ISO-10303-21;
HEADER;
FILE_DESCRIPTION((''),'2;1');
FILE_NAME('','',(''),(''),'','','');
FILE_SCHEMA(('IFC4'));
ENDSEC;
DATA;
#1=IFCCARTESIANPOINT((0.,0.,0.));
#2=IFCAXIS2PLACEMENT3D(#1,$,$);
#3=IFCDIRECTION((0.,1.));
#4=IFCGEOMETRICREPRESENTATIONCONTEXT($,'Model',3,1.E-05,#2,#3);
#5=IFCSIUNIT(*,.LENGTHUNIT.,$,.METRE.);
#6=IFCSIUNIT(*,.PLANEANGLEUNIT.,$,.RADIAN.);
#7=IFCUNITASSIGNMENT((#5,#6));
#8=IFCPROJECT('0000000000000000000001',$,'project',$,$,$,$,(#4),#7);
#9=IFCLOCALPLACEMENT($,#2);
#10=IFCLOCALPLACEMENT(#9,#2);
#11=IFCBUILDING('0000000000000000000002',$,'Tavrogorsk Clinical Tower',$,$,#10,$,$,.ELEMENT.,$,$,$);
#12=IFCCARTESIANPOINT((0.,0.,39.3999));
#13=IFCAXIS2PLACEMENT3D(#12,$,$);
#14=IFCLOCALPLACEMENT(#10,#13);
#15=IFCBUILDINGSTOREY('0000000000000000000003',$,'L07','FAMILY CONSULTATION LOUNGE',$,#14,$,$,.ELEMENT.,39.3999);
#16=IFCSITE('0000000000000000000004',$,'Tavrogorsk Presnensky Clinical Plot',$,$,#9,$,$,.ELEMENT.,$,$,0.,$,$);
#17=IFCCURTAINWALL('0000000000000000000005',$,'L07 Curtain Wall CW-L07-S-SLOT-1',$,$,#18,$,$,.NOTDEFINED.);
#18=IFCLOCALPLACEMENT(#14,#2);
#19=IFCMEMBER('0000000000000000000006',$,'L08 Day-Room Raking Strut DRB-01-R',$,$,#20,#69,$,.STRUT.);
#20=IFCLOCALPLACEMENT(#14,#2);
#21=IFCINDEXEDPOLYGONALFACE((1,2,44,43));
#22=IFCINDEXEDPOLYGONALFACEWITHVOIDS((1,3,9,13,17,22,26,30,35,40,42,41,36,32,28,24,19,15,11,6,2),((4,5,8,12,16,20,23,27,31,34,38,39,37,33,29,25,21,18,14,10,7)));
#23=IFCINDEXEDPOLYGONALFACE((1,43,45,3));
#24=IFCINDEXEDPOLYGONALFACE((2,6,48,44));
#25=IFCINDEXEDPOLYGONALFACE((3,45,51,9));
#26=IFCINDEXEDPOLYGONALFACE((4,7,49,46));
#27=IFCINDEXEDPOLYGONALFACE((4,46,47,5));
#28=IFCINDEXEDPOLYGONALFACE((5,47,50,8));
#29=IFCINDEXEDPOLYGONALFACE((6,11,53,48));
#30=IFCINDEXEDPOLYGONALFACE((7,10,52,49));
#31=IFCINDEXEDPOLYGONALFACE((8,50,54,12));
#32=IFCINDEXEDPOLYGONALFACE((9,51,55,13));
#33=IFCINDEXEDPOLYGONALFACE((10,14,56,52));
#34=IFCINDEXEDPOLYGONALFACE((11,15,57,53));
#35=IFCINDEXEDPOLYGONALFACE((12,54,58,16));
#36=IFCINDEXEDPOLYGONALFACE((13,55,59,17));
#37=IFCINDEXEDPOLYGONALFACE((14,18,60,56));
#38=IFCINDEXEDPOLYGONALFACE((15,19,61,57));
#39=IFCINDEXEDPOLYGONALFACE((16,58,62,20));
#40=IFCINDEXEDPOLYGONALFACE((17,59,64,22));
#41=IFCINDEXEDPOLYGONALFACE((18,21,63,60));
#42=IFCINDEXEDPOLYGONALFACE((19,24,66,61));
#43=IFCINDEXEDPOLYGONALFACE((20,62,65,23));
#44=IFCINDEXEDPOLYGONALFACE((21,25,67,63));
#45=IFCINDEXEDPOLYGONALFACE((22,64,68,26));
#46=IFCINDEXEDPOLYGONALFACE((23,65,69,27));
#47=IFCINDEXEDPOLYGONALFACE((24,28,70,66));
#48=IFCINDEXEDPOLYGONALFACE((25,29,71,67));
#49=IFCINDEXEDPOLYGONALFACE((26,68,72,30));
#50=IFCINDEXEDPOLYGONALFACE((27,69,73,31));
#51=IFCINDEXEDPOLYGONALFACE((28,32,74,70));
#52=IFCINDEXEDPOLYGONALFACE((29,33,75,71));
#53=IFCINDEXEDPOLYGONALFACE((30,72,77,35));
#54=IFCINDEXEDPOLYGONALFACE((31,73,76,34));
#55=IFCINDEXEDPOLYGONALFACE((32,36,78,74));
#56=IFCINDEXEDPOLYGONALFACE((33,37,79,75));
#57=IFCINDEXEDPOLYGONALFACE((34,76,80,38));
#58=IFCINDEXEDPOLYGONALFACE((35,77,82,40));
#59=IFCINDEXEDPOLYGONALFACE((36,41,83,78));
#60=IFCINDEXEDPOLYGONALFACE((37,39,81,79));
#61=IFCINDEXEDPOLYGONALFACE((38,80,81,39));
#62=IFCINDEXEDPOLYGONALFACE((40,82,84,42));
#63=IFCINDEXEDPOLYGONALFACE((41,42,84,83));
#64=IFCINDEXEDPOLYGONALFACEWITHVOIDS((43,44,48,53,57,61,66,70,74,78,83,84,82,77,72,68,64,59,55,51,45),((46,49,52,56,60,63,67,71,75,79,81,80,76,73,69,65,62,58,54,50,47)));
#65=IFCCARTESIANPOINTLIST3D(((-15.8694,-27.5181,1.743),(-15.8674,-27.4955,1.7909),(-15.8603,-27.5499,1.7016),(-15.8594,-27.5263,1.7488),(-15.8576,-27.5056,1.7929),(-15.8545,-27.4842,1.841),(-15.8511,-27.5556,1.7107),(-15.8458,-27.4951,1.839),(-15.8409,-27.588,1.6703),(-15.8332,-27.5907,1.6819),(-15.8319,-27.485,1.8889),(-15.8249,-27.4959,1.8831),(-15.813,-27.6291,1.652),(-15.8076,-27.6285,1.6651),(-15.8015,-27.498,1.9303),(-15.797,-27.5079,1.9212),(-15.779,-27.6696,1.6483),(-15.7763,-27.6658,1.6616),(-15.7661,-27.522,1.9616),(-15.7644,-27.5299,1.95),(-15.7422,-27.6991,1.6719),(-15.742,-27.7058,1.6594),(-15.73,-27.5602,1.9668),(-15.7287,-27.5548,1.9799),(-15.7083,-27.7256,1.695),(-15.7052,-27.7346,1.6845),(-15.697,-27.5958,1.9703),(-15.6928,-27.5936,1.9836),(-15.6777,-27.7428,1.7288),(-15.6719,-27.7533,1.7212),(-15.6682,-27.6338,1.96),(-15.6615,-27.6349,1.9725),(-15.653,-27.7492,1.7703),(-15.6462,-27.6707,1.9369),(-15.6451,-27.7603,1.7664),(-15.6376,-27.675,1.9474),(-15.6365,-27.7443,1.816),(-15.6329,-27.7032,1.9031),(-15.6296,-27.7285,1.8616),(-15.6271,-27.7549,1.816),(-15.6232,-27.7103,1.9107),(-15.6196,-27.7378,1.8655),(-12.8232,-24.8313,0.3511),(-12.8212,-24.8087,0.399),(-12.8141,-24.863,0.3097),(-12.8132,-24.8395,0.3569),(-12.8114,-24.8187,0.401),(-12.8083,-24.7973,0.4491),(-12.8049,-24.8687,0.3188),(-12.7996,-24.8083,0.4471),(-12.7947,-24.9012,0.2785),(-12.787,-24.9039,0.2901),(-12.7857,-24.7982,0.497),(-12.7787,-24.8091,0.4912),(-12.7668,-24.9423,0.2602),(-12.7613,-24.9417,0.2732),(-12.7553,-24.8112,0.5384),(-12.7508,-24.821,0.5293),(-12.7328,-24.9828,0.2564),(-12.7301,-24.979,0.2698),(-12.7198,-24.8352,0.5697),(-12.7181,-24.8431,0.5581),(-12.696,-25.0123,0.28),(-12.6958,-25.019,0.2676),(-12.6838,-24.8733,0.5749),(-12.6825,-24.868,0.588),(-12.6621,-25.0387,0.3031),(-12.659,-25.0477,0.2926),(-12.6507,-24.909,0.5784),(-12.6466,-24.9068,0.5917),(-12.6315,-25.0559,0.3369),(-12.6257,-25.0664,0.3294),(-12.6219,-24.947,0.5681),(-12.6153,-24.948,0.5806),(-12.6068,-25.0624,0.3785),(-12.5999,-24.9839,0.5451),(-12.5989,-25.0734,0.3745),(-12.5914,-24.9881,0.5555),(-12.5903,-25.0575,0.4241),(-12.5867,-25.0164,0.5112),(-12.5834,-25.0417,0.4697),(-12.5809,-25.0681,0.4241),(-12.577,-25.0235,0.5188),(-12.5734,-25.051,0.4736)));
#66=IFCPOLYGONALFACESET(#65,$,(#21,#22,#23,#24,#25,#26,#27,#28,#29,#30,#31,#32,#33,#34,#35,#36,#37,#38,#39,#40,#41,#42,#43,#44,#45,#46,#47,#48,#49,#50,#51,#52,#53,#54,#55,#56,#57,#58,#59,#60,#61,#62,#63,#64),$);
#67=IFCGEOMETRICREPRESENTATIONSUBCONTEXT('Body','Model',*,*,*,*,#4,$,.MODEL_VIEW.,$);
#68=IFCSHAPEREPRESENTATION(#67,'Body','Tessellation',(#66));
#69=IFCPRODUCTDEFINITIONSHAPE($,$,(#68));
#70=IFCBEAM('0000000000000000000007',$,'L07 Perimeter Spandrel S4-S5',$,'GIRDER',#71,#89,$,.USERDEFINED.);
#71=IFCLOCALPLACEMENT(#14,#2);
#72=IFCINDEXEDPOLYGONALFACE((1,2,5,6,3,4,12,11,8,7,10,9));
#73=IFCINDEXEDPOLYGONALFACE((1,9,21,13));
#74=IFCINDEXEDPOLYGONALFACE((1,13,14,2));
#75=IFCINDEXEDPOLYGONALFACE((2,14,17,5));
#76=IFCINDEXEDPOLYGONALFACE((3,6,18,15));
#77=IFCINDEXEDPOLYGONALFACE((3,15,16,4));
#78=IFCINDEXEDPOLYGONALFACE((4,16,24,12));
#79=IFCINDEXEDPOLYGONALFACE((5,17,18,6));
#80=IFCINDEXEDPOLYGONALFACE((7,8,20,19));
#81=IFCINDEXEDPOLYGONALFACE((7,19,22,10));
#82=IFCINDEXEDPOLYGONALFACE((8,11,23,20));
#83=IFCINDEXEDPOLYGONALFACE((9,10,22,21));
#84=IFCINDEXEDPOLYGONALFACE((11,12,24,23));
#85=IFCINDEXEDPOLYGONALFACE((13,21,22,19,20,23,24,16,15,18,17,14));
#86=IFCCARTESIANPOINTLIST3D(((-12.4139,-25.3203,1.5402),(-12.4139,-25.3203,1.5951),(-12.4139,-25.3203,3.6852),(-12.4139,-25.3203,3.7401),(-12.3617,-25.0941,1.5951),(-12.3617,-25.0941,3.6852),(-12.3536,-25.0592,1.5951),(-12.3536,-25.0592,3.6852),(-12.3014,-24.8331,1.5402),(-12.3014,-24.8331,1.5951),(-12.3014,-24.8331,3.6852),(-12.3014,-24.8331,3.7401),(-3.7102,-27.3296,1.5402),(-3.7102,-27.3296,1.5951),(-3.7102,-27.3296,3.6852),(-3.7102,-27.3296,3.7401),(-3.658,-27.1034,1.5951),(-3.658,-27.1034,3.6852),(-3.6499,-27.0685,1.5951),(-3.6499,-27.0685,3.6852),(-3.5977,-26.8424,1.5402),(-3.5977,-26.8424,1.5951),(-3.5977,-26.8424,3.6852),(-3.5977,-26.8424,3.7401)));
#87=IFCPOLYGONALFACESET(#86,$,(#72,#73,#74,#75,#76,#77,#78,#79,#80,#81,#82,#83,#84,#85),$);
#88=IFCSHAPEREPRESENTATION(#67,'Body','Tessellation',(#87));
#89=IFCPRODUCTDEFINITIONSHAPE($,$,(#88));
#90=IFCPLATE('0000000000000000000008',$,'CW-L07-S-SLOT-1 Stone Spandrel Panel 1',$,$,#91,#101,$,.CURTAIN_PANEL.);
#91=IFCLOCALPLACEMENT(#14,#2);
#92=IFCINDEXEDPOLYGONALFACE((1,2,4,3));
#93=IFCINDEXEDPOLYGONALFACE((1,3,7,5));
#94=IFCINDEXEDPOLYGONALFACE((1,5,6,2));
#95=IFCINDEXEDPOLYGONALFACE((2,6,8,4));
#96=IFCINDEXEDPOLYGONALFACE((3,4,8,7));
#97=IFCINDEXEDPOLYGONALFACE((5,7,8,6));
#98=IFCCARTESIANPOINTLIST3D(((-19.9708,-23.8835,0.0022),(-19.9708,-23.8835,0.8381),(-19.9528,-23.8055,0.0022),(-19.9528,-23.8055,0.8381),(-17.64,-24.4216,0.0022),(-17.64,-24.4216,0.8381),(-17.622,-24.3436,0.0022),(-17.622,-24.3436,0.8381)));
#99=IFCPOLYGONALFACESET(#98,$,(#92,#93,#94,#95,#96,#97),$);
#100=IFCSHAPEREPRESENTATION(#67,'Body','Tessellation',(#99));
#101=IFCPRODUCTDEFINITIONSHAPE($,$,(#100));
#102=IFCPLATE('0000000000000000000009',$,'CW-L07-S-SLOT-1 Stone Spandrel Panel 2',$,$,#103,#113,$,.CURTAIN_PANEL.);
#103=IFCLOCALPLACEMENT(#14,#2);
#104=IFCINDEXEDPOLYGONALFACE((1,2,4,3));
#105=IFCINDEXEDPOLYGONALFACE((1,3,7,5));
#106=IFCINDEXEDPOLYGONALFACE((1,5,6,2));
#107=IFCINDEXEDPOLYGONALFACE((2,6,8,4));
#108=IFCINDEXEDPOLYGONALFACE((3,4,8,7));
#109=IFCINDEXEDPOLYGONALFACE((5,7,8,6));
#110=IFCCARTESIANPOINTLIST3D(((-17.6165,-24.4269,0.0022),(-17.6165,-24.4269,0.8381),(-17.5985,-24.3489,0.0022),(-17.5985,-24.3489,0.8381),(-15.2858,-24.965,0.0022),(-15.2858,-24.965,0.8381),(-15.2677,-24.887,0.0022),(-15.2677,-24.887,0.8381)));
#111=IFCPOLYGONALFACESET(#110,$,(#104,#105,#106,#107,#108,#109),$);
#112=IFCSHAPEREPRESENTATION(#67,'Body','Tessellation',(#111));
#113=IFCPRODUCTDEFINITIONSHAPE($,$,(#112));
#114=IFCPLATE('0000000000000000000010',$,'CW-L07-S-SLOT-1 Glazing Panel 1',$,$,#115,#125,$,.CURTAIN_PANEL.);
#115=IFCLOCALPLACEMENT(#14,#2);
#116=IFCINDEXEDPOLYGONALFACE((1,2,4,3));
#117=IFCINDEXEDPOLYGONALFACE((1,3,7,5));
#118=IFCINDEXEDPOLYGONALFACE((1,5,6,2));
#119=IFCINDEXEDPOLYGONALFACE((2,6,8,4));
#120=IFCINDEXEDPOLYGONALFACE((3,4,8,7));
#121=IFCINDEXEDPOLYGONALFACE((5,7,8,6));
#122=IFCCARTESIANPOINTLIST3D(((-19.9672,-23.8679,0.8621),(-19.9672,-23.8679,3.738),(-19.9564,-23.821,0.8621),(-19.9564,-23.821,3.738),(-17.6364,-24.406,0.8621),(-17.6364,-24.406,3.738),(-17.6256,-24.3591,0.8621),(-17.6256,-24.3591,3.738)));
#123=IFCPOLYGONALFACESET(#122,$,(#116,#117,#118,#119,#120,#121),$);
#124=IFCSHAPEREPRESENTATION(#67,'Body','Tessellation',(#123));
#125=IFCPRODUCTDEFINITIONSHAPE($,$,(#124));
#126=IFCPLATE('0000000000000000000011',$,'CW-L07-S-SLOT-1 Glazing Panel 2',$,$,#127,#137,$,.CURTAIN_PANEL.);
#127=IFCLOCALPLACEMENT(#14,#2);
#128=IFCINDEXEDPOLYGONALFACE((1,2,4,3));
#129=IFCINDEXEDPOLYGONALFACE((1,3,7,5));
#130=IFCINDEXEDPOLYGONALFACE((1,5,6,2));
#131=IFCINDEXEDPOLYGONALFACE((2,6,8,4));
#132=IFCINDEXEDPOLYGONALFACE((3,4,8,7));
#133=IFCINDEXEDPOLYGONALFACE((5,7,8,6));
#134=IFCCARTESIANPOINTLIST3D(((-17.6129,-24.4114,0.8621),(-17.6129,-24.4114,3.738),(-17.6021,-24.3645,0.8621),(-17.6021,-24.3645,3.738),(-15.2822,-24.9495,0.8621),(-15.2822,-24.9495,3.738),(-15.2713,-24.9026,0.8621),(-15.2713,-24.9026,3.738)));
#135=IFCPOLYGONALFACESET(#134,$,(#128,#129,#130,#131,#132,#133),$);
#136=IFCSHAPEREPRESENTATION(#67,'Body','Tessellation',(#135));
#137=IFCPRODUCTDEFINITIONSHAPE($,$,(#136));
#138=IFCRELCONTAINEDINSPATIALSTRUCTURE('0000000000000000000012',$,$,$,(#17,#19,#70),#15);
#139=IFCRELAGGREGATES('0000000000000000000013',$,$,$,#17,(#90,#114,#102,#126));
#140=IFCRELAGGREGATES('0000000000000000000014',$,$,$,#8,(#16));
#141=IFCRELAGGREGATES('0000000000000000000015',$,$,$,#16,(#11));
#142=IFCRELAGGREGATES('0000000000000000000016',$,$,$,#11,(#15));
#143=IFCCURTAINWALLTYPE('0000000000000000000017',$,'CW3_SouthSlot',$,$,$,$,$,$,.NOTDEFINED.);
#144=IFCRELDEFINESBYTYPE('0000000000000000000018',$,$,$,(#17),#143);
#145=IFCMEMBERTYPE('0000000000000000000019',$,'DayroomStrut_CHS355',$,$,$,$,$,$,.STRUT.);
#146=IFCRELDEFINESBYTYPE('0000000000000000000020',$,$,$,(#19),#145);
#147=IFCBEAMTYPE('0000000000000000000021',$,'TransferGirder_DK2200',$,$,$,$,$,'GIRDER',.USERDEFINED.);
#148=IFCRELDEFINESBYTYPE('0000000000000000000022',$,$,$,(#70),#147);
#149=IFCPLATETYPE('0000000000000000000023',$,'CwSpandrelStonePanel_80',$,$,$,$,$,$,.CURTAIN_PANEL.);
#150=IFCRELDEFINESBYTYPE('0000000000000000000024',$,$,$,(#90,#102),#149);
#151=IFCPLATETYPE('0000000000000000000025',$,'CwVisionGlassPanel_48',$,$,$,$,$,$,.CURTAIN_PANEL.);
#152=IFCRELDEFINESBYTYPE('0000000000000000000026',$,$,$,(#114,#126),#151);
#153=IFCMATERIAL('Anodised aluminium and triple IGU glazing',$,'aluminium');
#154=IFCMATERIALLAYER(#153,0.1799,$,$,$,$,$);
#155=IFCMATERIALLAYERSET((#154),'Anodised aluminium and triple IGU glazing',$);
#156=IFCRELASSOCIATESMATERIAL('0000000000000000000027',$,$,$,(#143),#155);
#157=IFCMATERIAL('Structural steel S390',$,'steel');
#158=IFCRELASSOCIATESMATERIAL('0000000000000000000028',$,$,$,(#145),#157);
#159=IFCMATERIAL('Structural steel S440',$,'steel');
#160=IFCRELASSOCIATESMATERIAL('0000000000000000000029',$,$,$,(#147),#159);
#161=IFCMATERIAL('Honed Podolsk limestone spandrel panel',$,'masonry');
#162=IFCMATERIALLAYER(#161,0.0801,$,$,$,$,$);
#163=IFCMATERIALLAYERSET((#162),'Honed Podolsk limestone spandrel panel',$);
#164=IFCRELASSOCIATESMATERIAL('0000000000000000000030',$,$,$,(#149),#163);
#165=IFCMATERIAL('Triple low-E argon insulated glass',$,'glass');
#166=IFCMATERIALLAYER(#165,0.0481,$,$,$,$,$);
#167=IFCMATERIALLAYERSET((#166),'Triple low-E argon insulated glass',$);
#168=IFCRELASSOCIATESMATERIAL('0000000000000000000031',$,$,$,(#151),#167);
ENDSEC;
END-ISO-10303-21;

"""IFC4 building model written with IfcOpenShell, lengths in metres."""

from ifc_helpers import new_model, si_unit, direction, frame, origin, origin_2d, place, context, subcontext, project, spatial, rectangle, hollow_circle, i_section, extrude, material, layer, layer_set, material_profile, profile_set, type_object, element, aggregate, save


model = new_model("IFC4")

# Units and contexts
model_context = context("Model", 3, precision=1e-05, world=origin(), true_north=direction((0.0, 1.0)))
body_context = subcontext(model_context, "Body", "Model", "MODEL_VIEW")
ifc_project = project(units=[si_unit("LENGTHUNIT", "METRE"), si_unit("PLANEANGLEUNIT", "RADIAN")], contexts=[model_context])

# Site, building, storey
site_placement = place(None, origin())
site = spatial("IfcSite", under=ifc_project, at=site_placement, Name="Tavrogorsk Presnensky Clinical Plot", CompositionType="ELEMENT", RefElevation=0.0)
building_placement = place(site_placement, origin())
building = spatial("IfcBuilding", under=site, at=building_placement, Name="Tavrogorsk Clinical Tower", CompositionType="ELEMENT")
storey_placement = place(building_placement, frame((0.0, 0.0, 39.3999)))
storey = spatial("IfcBuildingStorey", under=building, at=storey_placement, Name="L07", Description="FAMILY CONSULTATION LOUNGE", CompositionType="ELEMENT", Elevation=39.3999)

# Curtain wall
ifc_material_1 = material(Name="Anodised aluminium and triple IGU glazing", Category="aluminium")
ifc_layer_1 = layer(ifc_material_1, 0.1799)
ifc_layer_set_1 = layer_set([ifc_layer_1], Name="Anodised aluminium and triple IGU glazing")
curtain_wall_type = type_object("IfcCurtainWallType", Name="CW3_SouthSlot", PredefinedType="NOTDEFINED", material=ifc_layer_set_1)
curtain_wall_placement = place(storey_placement, origin())
curtain_wall = element("IfcCurtainWall", 1, at=curtain_wall_placement, inside=storey, type_object=curtain_wall_type, Name="L07 Curtain Wall CW-L07-S-SLOT-1", PredefinedType="NOTDEFINED")

# Member
ifc_material_2 = material(Name="Structural steel S390", Category="steel")
ifc_material_profile_1 = material_profile(ifc_material_2, hollow_circle(Radius=0.1777, WallThickness=0.0142, at=origin_2d()), Name="CHS-355.6x14.2")
ifc_profile_set_1 = profile_set([ifc_material_profile_1], Name="Structural steel S390")
member_type_1 = type_object("IfcMemberType", Name="DayroomStrut_CHS355", PredefinedType="STRUT", material=ifc_profile_set_1)
member_1_placement = place(storey_placement, frame((-12.6985, -24.9348, 0.4241), z_axis=(-0.709462, -0.625762, 0.324168), x_axis=(0.661482, -0.749961, 0.0)))
element("IfcMember", 2, at=member_1_placement, inside=storey, type_object=member_type_1, Name="L08 Day-Room Raking Strut DRB-01-R", PredefinedType="STRUT", context=body_context, shape_type="SweptSolid", body=[
    extrude(hollow_circle(Radius=0.1777, WallThickness=0.0142, at=origin_2d()), origin(), (0.0, 0.0, 1.0), 4.2937),
])

# Beam
ifc_material_3 = material(Name="Structural steel S440", Category="steel")
ifc_material_profile_2 = material_profile(ifc_material_3, i_section(OverallWidth=0.5, OverallDepth=2.2, WebThickness=0.0359, FlangeThickness=0.0549, at=origin_2d()), Name="DK-2200x500x36x55")
ifc_profile_set_2 = profile_set([ifc_material_profile_2], Name="Structural steel S440")
beam_type = type_object("IfcBeamType", Name="TransferGirder_DK2200", ElementType="GIRDER", PredefinedType="USERDEFINED", material=ifc_profile_set_2)
beam_placement = place(storey_placement, frame((-12.3577, -25.0767, 2.6401), z_axis=(0.974373, -0.224939, 0.0), x_axis=(0.224939, 0.974373, 0.0)))
element("IfcBeam", 3, at=beam_placement, inside=storey, type_object=beam_type, Name="L07 Perimeter Spandrel S4-S5", ObjectType="GIRDER", PredefinedType="USERDEFINED", context=body_context, shape_type="SweptSolid", body=[
    extrude(i_section(OverallWidth=0.5, OverallDepth=2.2, WebThickness=0.0359, FlangeThickness=0.0549, at=origin_2d()), origin(), (0.0, 0.0, 1.0), 8.9326),
])

# Plates
ifc_material_4 = material(Name="Honed Podolsk limestone spandrel panel", Category="masonry")
ifc_layer_2 = layer(ifc_material_4, 0.0801)
ifc_layer_set_2 = layer_set([ifc_layer_2], Name="Honed Podolsk limestone spandrel panel")
plate_type_1 = type_object("IfcPlateType", Name="CwSpandrelStonePanel_80", PredefinedType="CURTAIN_PANEL", material=ifc_layer_set_2)
plate_1_placement = place(storey_placement, frame((-18.7964, -24.1135, 0.0022), z_axis=(0.0, 0.0, 1.0), x_axis=(0.97437, -0.224951, 0.0)))
plate_1 = element("IfcPlate", 4, at=plate_1_placement, type_object=plate_type_1, Name="CW-L07-S-SLOT-1 Stone Spandrel Panel 1", PredefinedType="CURTAIN_PANEL", context=body_context, shape_type="SweptSolid", body=[
    extrude(rectangle(XDim=2.3921, YDim=0.0801, at=origin_2d()), origin(), (0.0, 0.0, 1.0), 0.8359),
])
plate_2_placement = place(storey_placement, frame((-16.4421, -24.657, 0.0022), z_axis=(0.0, 0.0, 1.0), x_axis=(0.97437, -0.224951, 0.0)))
plate_2 = element("IfcPlate", 5, at=plate_2_placement, type_object=plate_type_1, Name="CW-L07-S-SLOT-1 Stone Spandrel Panel 2", PredefinedType="CURTAIN_PANEL", context=body_context, shape_type="SweptSolid", body=[
    extrude(rectangle(XDim=2.3921, YDim=0.0801, at=origin_2d()), origin(), (0.0, 0.0, 1.0), 0.8359),
])
ifc_material_5 = material(Name="Triple low-E argon insulated glass", Category="glass")
ifc_layer_3 = layer(ifc_material_5, 0.0481)
ifc_layer_set_3 = layer_set([ifc_layer_3], Name="Triple low-E argon insulated glass")
plate_type_2 = type_object("IfcPlateType", Name="CwVisionGlassPanel_48", PredefinedType="CURTAIN_PANEL", material=ifc_layer_set_3)
plate_3_placement = place(storey_placement, frame((-18.7964, -24.1135, 0.8621), z_axis=(0.0, 0.0, 1.0), x_axis=(0.97437, -0.224951, 0.0)))
plate_3 = element("IfcPlate", 6, at=plate_3_placement, type_object=plate_type_2, Name="CW-L07-S-SLOT-1 Glazing Panel 1", PredefinedType="CURTAIN_PANEL", context=body_context, shape_type="SweptSolid", body=[
    extrude(rectangle(XDim=2.3921, YDim=0.0481, at=origin_2d()), origin(), (0.0, 0.0, 1.0), 2.876),
])
plate_4_placement = place(storey_placement, frame((-16.4421, -24.657, 0.8621), z_axis=(0.0, 0.0, 1.0), x_axis=(0.97437, -0.224951, 0.0)))
plate_4 = element("IfcPlate", 7, at=plate_4_placement, type_object=plate_type_2, Name="CW-L07-S-SLOT-1 Glazing Panel 2", PredefinedType="CURTAIN_PANEL", context=body_context, shape_type="SweptSolid", body=[
    extrude(rectangle(XDim=2.3921, YDim=0.0481, at=origin_2d()), origin(), (0.0, 0.0, 1.0), 2.876),
])
aggregate(curtain_wall, [plate_1, plate_3, plate_2, plate_4])

save(model, "model.ifc")
